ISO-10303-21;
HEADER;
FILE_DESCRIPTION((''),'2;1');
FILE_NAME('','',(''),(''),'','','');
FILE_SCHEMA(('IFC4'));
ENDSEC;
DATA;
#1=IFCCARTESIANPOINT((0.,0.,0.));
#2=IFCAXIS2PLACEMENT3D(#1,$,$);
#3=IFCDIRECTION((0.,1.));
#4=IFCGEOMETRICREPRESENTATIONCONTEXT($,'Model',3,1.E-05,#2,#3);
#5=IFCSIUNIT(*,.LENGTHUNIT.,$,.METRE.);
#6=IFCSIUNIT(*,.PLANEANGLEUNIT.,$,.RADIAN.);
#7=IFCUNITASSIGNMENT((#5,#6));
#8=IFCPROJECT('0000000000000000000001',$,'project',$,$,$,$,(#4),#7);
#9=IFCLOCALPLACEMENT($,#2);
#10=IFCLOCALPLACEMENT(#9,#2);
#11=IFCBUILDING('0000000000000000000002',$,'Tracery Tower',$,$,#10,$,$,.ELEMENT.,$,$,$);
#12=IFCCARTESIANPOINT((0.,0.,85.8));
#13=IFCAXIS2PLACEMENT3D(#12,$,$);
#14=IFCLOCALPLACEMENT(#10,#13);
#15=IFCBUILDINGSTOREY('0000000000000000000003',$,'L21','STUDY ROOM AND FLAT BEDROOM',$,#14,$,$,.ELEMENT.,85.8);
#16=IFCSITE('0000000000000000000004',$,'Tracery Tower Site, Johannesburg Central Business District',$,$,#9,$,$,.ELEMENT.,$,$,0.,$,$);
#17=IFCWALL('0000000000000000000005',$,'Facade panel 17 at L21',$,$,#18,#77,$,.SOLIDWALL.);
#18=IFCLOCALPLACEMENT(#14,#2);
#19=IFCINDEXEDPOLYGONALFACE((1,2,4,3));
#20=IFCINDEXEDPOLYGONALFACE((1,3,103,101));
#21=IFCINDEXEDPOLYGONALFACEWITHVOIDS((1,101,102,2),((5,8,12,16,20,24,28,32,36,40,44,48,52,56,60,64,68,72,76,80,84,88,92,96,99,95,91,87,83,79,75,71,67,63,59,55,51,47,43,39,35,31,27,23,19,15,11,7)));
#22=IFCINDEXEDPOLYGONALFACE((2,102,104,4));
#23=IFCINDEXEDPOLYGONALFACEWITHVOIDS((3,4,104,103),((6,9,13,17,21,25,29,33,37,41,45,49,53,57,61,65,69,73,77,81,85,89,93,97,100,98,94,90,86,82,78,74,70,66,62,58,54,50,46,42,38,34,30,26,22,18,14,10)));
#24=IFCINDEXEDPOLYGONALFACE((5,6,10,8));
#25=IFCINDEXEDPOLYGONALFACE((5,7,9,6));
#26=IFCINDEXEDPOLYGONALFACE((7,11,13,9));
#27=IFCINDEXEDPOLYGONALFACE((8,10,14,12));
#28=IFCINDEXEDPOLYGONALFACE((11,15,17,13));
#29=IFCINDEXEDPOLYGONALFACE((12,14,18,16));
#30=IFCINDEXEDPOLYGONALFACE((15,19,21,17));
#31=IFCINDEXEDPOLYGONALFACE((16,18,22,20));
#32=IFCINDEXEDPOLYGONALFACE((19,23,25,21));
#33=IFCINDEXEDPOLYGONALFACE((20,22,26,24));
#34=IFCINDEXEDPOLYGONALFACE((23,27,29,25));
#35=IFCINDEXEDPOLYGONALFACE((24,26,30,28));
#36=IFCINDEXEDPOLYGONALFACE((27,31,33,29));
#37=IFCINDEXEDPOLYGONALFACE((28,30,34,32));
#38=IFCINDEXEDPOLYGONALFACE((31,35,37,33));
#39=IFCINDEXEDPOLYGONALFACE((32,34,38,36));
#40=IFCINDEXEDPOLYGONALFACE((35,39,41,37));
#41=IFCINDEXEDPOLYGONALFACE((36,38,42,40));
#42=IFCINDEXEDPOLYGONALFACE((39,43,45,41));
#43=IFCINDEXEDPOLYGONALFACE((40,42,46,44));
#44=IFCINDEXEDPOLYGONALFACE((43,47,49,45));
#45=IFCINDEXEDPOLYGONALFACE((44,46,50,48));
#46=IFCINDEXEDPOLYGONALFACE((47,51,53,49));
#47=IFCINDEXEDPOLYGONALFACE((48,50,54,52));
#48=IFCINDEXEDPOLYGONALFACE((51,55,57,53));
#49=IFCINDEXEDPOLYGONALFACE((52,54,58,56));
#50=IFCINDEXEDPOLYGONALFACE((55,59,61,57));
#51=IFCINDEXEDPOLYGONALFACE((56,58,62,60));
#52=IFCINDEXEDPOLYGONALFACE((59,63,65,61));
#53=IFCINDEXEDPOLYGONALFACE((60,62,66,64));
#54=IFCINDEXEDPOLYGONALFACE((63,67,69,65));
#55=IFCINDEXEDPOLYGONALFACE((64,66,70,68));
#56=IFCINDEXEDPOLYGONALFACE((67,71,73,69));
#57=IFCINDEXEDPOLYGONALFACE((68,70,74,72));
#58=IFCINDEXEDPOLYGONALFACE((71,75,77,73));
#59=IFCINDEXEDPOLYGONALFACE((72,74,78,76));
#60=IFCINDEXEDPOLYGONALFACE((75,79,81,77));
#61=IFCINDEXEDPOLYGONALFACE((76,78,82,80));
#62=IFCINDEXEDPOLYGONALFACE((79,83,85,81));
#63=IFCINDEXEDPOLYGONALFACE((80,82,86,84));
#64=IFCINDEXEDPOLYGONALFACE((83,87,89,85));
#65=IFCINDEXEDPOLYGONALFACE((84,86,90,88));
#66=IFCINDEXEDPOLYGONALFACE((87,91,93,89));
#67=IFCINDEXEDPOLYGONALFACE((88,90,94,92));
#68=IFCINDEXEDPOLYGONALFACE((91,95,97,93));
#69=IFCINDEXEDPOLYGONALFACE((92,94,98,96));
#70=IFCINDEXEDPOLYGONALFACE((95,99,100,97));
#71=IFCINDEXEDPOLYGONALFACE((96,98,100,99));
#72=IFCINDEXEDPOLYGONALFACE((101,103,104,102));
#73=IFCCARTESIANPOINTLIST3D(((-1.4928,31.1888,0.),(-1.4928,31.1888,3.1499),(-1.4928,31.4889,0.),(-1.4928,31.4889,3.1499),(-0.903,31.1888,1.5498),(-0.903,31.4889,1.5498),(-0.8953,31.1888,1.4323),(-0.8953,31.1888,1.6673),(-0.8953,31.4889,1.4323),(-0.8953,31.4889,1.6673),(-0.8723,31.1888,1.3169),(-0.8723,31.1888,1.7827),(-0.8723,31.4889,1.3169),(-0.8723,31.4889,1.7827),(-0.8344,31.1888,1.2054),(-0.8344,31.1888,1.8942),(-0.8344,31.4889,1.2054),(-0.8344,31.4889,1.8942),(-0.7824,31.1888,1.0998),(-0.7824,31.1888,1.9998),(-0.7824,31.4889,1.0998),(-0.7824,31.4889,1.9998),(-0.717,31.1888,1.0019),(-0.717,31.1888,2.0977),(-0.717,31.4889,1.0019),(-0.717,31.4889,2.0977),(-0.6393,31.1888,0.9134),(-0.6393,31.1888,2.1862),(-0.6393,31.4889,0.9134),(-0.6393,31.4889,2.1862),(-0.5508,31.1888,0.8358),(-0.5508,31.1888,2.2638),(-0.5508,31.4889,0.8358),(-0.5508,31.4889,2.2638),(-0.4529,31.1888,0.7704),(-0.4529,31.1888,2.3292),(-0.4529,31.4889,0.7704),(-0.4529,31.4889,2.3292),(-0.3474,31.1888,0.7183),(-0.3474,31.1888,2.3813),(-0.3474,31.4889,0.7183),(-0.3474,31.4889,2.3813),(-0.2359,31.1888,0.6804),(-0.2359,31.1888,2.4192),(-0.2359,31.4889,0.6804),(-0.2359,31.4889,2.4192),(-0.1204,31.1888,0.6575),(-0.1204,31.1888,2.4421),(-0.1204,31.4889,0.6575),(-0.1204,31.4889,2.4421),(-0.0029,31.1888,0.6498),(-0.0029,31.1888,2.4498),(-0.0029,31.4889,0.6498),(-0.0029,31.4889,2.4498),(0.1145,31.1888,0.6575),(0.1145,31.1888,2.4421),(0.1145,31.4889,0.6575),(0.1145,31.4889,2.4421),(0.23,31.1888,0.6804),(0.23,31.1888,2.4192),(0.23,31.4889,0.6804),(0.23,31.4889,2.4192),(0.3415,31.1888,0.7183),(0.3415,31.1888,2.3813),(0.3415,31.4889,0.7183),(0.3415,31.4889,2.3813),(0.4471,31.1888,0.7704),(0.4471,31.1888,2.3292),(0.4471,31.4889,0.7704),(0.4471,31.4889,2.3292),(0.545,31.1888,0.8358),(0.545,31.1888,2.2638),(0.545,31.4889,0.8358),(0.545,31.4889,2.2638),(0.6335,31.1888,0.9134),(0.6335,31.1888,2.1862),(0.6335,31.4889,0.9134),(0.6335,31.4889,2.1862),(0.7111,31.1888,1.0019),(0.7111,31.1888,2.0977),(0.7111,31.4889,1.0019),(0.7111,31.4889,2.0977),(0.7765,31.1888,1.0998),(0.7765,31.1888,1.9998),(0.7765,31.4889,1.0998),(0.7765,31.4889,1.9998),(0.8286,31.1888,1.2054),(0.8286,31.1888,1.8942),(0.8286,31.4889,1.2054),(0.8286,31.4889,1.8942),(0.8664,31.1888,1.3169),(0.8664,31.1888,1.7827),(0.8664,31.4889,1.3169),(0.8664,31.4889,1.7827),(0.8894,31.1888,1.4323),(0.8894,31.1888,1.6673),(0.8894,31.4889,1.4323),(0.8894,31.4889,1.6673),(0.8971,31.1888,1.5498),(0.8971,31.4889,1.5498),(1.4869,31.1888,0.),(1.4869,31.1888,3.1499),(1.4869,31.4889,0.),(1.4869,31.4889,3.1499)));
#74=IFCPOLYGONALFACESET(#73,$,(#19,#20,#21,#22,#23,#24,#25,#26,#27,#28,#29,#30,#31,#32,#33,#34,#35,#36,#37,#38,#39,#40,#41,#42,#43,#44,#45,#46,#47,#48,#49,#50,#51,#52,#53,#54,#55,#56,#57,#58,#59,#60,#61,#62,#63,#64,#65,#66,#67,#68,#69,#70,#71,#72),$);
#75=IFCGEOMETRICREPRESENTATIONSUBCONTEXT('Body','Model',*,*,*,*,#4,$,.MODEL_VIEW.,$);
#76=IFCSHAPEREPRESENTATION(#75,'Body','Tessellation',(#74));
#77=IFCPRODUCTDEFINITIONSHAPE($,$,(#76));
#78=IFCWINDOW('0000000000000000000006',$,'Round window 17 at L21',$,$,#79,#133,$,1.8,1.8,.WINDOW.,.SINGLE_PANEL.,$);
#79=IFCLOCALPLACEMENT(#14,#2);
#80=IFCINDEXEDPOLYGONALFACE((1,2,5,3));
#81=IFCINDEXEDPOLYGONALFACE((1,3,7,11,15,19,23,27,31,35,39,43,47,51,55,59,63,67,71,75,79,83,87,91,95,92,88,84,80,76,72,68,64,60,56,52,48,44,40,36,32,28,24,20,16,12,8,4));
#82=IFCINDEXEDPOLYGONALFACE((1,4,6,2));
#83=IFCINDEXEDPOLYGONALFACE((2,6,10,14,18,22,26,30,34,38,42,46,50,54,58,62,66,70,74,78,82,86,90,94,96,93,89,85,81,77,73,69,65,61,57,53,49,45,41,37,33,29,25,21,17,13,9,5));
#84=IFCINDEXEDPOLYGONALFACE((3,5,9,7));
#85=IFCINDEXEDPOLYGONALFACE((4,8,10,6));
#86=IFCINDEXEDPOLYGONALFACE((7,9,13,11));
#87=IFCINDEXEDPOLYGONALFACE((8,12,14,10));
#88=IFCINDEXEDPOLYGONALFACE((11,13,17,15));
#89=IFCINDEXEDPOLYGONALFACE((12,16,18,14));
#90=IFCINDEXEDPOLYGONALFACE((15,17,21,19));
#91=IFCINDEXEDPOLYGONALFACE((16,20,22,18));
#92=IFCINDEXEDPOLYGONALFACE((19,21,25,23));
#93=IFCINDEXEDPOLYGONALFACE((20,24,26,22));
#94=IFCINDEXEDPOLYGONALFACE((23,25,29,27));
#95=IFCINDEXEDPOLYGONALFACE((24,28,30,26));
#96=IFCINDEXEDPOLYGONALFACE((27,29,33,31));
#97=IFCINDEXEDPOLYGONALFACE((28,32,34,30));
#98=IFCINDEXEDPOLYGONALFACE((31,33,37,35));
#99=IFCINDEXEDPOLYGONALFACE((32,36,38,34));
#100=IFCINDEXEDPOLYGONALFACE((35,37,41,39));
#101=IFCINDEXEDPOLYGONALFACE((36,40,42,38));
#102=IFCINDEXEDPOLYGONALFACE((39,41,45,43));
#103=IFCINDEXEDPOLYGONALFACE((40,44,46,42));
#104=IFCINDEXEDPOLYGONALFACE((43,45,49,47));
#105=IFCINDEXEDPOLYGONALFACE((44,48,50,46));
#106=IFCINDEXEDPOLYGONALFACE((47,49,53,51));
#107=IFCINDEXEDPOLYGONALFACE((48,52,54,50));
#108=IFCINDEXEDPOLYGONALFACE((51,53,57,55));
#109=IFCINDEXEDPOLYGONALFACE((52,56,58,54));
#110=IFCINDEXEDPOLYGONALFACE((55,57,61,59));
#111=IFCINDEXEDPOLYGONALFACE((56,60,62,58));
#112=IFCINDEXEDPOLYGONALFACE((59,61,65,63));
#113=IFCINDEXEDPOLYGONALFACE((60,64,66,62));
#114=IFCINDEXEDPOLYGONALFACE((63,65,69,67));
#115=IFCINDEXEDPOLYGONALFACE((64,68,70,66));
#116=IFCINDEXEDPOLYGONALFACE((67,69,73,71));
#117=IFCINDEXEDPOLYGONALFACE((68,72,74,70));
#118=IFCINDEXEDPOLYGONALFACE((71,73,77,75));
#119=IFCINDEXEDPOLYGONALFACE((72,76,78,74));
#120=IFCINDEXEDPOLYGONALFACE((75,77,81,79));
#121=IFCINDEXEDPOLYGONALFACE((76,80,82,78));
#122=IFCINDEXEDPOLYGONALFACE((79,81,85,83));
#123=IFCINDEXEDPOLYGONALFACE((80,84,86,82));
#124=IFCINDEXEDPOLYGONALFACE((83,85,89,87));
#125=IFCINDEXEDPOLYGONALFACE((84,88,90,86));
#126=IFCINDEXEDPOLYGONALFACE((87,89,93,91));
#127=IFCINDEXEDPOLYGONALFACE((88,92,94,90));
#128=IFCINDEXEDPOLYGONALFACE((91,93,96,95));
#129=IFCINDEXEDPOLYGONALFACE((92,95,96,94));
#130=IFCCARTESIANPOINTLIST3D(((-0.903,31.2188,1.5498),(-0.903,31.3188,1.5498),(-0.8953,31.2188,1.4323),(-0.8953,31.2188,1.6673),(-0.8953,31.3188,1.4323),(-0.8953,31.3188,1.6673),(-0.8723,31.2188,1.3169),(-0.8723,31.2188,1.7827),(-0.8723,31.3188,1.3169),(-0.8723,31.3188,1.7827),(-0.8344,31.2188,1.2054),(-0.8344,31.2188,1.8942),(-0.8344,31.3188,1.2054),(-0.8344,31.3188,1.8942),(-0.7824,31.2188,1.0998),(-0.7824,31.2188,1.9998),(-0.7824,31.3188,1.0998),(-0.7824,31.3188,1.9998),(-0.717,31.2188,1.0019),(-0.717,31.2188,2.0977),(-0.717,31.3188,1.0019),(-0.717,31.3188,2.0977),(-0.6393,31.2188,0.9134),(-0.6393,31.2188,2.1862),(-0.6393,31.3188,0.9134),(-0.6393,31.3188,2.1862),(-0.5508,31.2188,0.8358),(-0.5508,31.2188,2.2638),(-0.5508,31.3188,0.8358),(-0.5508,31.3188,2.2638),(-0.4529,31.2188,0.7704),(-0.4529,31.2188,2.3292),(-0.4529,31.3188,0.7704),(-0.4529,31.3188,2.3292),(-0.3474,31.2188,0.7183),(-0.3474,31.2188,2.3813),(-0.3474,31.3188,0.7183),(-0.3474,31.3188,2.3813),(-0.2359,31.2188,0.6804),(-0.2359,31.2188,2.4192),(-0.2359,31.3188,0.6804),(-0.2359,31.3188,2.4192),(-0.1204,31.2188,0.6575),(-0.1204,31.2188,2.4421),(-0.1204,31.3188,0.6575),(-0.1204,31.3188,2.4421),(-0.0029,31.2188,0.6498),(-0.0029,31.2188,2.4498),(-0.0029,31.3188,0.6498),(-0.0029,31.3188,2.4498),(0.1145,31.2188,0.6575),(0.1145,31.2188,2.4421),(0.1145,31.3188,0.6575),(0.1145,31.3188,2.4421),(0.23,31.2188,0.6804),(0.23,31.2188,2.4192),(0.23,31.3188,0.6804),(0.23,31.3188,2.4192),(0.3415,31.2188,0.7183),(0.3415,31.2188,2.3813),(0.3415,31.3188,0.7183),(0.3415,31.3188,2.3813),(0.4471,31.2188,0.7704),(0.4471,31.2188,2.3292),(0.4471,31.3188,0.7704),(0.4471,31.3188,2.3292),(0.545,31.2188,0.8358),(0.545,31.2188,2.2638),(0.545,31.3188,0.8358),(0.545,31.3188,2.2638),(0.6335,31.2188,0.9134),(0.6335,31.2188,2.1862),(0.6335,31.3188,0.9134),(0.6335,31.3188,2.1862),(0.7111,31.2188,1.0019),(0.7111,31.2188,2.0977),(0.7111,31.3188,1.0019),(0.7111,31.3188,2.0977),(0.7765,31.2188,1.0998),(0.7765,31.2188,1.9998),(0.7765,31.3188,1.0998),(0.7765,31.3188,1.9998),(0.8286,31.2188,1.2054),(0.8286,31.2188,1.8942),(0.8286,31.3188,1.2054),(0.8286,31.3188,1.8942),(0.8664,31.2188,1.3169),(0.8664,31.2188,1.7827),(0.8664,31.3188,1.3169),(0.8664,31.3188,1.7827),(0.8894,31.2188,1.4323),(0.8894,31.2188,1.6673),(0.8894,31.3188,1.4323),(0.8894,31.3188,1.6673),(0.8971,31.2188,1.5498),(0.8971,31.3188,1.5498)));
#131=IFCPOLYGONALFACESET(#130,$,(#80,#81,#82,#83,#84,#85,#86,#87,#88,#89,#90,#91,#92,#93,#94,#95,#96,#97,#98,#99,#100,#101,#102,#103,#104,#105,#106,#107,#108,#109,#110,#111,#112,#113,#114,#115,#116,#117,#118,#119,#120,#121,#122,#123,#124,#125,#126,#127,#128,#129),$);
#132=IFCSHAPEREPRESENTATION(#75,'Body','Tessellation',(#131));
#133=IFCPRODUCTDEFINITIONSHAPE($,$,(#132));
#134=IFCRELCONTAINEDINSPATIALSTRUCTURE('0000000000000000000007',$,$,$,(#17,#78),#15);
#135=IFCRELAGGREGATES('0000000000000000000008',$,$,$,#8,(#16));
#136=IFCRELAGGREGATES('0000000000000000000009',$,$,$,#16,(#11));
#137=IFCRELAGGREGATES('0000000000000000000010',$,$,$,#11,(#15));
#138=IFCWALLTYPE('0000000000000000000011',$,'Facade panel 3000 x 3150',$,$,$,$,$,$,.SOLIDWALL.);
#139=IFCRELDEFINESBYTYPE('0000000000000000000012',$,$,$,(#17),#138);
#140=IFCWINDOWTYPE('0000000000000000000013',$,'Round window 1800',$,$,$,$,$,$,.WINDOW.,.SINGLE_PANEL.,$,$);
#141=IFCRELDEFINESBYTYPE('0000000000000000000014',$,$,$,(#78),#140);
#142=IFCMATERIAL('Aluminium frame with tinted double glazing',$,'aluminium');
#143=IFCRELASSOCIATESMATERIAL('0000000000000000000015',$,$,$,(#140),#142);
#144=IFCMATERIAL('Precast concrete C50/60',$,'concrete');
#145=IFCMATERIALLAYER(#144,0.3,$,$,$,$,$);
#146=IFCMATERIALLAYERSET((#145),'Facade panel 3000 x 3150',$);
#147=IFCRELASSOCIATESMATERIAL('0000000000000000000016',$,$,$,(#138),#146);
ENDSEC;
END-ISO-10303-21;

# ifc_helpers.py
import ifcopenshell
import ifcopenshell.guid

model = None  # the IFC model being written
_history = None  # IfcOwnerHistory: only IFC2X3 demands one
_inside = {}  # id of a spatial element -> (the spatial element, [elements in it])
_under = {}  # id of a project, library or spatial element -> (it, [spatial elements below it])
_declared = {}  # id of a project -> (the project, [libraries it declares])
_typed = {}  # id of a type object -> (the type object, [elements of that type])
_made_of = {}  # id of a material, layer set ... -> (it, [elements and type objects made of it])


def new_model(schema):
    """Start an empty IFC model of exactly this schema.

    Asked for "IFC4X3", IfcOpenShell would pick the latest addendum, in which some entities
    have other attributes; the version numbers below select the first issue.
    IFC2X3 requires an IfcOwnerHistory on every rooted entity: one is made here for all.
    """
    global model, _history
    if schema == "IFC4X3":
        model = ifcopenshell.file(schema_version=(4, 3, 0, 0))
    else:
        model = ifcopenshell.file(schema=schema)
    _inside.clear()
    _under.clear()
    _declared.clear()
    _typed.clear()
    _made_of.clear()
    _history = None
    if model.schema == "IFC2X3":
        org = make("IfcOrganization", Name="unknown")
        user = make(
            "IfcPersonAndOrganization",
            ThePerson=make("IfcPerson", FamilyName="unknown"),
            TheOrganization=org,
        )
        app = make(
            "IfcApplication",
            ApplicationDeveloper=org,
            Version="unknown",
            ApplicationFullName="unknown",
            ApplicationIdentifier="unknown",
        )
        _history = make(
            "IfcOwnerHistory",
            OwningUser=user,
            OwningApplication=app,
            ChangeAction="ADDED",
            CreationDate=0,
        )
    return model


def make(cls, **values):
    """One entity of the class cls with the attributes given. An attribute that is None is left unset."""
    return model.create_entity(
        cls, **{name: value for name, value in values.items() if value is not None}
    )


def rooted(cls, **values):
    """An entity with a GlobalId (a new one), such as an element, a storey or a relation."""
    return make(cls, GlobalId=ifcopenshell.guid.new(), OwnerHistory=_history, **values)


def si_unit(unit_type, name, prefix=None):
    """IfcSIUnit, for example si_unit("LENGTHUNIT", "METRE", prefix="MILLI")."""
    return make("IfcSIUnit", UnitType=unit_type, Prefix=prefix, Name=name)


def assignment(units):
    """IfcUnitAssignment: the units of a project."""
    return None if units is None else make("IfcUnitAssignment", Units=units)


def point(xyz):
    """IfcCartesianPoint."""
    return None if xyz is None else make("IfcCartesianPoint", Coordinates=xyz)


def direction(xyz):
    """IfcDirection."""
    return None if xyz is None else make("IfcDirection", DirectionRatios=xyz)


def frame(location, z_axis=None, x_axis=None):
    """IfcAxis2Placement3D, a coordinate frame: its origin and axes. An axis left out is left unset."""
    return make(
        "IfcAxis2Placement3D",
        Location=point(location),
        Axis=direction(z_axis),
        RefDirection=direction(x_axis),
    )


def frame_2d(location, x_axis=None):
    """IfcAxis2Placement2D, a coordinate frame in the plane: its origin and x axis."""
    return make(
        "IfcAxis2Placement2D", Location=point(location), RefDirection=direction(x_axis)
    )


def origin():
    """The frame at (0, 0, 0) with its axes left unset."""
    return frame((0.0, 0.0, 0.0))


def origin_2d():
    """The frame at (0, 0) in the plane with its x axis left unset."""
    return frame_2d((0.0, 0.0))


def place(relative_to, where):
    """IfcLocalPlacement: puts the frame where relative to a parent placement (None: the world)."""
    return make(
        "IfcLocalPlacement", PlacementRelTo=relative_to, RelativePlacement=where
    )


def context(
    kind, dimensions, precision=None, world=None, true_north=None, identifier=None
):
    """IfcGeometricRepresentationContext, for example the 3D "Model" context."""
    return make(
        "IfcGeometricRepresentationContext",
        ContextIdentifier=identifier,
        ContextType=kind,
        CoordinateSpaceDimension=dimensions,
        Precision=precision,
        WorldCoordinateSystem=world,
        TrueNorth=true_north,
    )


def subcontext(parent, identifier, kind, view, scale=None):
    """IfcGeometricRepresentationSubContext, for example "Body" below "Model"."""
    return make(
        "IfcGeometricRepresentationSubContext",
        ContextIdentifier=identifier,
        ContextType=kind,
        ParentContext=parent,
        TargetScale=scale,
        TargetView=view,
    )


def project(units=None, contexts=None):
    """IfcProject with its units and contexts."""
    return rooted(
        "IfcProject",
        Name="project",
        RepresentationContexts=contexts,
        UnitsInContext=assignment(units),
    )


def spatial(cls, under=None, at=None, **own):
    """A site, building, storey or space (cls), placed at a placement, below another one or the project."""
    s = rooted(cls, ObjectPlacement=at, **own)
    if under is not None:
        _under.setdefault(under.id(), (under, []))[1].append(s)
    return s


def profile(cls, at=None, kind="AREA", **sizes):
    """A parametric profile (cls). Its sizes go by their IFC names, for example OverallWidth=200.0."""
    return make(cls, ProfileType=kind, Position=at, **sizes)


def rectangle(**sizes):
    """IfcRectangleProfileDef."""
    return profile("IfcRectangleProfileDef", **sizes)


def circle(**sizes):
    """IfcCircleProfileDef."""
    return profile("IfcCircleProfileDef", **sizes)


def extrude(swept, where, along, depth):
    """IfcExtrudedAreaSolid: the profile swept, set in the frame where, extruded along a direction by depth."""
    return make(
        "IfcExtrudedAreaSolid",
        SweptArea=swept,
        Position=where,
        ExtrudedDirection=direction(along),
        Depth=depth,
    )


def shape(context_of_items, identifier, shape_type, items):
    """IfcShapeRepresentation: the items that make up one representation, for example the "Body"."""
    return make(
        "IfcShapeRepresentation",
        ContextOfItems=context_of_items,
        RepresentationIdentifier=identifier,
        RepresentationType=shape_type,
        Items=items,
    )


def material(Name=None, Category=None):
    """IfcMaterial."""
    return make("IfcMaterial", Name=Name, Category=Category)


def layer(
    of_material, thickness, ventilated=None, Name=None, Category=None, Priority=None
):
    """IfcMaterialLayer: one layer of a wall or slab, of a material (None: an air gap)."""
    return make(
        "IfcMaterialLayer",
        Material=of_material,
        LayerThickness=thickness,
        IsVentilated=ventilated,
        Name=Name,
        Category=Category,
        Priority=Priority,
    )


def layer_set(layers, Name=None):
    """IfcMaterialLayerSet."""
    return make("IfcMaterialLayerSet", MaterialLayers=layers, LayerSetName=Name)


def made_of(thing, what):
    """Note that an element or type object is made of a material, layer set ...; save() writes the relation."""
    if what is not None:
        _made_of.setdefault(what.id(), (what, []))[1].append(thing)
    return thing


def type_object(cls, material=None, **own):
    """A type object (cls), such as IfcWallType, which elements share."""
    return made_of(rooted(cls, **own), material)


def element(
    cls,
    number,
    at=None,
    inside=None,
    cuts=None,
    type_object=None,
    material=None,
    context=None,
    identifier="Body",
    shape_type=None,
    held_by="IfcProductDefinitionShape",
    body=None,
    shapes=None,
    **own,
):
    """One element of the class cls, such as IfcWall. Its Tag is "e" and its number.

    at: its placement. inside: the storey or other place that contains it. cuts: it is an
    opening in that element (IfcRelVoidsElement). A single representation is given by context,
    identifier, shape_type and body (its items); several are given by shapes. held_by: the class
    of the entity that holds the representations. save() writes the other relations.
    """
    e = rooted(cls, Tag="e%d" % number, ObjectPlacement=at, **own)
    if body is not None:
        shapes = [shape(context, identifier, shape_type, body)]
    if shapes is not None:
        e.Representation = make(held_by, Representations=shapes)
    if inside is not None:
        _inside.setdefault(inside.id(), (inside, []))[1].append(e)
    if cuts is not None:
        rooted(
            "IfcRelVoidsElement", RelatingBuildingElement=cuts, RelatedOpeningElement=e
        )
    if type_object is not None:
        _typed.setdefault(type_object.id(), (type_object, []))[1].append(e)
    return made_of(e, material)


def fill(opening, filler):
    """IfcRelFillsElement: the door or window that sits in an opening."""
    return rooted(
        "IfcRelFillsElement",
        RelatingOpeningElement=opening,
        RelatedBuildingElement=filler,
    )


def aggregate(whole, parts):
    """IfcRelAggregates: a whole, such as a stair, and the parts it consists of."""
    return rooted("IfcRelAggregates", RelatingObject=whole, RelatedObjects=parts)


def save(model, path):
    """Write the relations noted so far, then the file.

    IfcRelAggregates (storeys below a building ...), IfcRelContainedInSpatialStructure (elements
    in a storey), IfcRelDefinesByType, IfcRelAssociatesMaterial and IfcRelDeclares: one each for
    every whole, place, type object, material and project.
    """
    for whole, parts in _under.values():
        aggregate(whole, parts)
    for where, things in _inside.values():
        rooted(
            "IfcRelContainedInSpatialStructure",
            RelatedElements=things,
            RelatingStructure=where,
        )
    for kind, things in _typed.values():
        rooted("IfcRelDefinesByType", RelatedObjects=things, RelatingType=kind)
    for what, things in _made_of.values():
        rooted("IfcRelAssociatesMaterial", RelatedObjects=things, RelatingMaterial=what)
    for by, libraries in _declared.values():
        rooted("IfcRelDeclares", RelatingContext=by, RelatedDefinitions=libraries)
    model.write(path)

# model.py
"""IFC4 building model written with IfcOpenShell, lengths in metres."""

from ifc_helpers import new_model, si_unit, direction, frame, frame_2d, origin, origin_2d, place, context, subcontext, project, spatial, rectangle, circle, extrude, material, layer, layer_set, type_object, element, fill, save


model = new_model("IFC4")

# Units and contexts
model_context = context("Model", 3, precision=1e-05, world=origin(), true_north=direction((0.0, 1.0)))
body_context = subcontext(model_context, "Body", "Model", "MODEL_VIEW")
ifc_project = project(units=[si_unit("LENGTHUNIT", "METRE"), si_unit("PLANEANGLEUNIT", "RADIAN")], contexts=[model_context])

# Site, building, storey
site_placement = place(None, origin())
site = spatial("IfcSite", under=ifc_project, at=site_placement, Name="Tracery Tower Site, Johannesburg Central Business District", CompositionType="ELEMENT", RefElevation=0.0)
building_placement = place(site_placement, origin())
building = spatial("IfcBuilding", under=site, at=building_placement, Name="Tracery Tower", CompositionType="ELEMENT")
storey_placement = place(building_placement, frame((0.0, 0.0, 85.8)))
storey = spatial("IfcBuildingStorey", under=building, at=storey_placement, Name="L21", Description="STUDY ROOM AND FLAT BEDROOM", CompositionType="ELEMENT", Elevation=85.8)

# Wall, opening, window
ifc_material_1 = material(Name="Aluminium frame with tinted double glazing", Category="aluminium")
window_type = type_object("IfcWindowType", Name="Round window 1800", PartitioningType="SINGLE_PANEL", PredefinedType="WINDOW", material=ifc_material_1)
ifc_material_2 = material(Name="Precast concrete C50/60", Category="concrete")
ifc_layer_1 = layer(ifc_material_2, 0.3)
ifc_layer_set_1 = layer_set([ifc_layer_1], Name="Facade panel 3000 x 3150")
wall_type_1 = type_object("IfcWallType", Name="Facade panel 3000 x 3150", PredefinedType="SOLIDWALL", material=ifc_layer_set_1)
wall_1_placement = place(storey_placement, frame((1.4868, 31.3389, 0.0), z_axis=(0.0, 0.0, 1.0), x_axis=(-1.0, 0.0, 0.0)))
wall_1 = element("IfcWall", 1, at=wall_1_placement, inside=storey, type_object=wall_type_1, Name="Facade panel 17 at L21", PredefinedType="SOLIDWALL", context=body_context, shape_type="SweptSolid", body=[
    extrude(rectangle(XDim=2.9797, YDim=0.3, at=frame_2d((1.4897, 0.0))), origin(), (0.0, 0.0, 1.0), 3.1499),
])
opening_1_placement = place(wall_1_placement, frame((1.4897, 0.0, 1.5498)))
opening_1 = element("IfcOpeningElement", 2, at=opening_1_placement, cuts=wall_1, PredefinedType="OPENING", context=body_context, shape_type="SweptSolid", body=[
    extrude(circle(Radius=0.9, at=origin_2d()), frame((0.0, 0.1599, 0.0), z_axis=(0.0, -1.0, 0.0), x_axis=(1.0, 0.0, 0.0)), (0.0, 0.0, 1.0), 0.3201),
])
window_1_placement = place(opening_1_placement, origin())
window_1 = element("IfcWindow", 3, at=window_1_placement, inside=storey, type_object=window_type, Name="Round window 17 at L21", OverallHeight=1.8, OverallWidth=1.8, PartitioningType="SINGLE_PANEL", PredefinedType="WINDOW", context=body_context, shape_type="SweptSolid", body=[
    extrude(circle(Radius=0.9, at=origin_2d()), frame((0.0, 0.1201, 0.0), z_axis=(0.0, -1.0, 0.0), x_axis=(1.0, 0.0, 0.0)), (0.0, 0.0, 1.0), 0.1001),
])
fill(opening_1, window_1)

save(model, "model.ifc")
